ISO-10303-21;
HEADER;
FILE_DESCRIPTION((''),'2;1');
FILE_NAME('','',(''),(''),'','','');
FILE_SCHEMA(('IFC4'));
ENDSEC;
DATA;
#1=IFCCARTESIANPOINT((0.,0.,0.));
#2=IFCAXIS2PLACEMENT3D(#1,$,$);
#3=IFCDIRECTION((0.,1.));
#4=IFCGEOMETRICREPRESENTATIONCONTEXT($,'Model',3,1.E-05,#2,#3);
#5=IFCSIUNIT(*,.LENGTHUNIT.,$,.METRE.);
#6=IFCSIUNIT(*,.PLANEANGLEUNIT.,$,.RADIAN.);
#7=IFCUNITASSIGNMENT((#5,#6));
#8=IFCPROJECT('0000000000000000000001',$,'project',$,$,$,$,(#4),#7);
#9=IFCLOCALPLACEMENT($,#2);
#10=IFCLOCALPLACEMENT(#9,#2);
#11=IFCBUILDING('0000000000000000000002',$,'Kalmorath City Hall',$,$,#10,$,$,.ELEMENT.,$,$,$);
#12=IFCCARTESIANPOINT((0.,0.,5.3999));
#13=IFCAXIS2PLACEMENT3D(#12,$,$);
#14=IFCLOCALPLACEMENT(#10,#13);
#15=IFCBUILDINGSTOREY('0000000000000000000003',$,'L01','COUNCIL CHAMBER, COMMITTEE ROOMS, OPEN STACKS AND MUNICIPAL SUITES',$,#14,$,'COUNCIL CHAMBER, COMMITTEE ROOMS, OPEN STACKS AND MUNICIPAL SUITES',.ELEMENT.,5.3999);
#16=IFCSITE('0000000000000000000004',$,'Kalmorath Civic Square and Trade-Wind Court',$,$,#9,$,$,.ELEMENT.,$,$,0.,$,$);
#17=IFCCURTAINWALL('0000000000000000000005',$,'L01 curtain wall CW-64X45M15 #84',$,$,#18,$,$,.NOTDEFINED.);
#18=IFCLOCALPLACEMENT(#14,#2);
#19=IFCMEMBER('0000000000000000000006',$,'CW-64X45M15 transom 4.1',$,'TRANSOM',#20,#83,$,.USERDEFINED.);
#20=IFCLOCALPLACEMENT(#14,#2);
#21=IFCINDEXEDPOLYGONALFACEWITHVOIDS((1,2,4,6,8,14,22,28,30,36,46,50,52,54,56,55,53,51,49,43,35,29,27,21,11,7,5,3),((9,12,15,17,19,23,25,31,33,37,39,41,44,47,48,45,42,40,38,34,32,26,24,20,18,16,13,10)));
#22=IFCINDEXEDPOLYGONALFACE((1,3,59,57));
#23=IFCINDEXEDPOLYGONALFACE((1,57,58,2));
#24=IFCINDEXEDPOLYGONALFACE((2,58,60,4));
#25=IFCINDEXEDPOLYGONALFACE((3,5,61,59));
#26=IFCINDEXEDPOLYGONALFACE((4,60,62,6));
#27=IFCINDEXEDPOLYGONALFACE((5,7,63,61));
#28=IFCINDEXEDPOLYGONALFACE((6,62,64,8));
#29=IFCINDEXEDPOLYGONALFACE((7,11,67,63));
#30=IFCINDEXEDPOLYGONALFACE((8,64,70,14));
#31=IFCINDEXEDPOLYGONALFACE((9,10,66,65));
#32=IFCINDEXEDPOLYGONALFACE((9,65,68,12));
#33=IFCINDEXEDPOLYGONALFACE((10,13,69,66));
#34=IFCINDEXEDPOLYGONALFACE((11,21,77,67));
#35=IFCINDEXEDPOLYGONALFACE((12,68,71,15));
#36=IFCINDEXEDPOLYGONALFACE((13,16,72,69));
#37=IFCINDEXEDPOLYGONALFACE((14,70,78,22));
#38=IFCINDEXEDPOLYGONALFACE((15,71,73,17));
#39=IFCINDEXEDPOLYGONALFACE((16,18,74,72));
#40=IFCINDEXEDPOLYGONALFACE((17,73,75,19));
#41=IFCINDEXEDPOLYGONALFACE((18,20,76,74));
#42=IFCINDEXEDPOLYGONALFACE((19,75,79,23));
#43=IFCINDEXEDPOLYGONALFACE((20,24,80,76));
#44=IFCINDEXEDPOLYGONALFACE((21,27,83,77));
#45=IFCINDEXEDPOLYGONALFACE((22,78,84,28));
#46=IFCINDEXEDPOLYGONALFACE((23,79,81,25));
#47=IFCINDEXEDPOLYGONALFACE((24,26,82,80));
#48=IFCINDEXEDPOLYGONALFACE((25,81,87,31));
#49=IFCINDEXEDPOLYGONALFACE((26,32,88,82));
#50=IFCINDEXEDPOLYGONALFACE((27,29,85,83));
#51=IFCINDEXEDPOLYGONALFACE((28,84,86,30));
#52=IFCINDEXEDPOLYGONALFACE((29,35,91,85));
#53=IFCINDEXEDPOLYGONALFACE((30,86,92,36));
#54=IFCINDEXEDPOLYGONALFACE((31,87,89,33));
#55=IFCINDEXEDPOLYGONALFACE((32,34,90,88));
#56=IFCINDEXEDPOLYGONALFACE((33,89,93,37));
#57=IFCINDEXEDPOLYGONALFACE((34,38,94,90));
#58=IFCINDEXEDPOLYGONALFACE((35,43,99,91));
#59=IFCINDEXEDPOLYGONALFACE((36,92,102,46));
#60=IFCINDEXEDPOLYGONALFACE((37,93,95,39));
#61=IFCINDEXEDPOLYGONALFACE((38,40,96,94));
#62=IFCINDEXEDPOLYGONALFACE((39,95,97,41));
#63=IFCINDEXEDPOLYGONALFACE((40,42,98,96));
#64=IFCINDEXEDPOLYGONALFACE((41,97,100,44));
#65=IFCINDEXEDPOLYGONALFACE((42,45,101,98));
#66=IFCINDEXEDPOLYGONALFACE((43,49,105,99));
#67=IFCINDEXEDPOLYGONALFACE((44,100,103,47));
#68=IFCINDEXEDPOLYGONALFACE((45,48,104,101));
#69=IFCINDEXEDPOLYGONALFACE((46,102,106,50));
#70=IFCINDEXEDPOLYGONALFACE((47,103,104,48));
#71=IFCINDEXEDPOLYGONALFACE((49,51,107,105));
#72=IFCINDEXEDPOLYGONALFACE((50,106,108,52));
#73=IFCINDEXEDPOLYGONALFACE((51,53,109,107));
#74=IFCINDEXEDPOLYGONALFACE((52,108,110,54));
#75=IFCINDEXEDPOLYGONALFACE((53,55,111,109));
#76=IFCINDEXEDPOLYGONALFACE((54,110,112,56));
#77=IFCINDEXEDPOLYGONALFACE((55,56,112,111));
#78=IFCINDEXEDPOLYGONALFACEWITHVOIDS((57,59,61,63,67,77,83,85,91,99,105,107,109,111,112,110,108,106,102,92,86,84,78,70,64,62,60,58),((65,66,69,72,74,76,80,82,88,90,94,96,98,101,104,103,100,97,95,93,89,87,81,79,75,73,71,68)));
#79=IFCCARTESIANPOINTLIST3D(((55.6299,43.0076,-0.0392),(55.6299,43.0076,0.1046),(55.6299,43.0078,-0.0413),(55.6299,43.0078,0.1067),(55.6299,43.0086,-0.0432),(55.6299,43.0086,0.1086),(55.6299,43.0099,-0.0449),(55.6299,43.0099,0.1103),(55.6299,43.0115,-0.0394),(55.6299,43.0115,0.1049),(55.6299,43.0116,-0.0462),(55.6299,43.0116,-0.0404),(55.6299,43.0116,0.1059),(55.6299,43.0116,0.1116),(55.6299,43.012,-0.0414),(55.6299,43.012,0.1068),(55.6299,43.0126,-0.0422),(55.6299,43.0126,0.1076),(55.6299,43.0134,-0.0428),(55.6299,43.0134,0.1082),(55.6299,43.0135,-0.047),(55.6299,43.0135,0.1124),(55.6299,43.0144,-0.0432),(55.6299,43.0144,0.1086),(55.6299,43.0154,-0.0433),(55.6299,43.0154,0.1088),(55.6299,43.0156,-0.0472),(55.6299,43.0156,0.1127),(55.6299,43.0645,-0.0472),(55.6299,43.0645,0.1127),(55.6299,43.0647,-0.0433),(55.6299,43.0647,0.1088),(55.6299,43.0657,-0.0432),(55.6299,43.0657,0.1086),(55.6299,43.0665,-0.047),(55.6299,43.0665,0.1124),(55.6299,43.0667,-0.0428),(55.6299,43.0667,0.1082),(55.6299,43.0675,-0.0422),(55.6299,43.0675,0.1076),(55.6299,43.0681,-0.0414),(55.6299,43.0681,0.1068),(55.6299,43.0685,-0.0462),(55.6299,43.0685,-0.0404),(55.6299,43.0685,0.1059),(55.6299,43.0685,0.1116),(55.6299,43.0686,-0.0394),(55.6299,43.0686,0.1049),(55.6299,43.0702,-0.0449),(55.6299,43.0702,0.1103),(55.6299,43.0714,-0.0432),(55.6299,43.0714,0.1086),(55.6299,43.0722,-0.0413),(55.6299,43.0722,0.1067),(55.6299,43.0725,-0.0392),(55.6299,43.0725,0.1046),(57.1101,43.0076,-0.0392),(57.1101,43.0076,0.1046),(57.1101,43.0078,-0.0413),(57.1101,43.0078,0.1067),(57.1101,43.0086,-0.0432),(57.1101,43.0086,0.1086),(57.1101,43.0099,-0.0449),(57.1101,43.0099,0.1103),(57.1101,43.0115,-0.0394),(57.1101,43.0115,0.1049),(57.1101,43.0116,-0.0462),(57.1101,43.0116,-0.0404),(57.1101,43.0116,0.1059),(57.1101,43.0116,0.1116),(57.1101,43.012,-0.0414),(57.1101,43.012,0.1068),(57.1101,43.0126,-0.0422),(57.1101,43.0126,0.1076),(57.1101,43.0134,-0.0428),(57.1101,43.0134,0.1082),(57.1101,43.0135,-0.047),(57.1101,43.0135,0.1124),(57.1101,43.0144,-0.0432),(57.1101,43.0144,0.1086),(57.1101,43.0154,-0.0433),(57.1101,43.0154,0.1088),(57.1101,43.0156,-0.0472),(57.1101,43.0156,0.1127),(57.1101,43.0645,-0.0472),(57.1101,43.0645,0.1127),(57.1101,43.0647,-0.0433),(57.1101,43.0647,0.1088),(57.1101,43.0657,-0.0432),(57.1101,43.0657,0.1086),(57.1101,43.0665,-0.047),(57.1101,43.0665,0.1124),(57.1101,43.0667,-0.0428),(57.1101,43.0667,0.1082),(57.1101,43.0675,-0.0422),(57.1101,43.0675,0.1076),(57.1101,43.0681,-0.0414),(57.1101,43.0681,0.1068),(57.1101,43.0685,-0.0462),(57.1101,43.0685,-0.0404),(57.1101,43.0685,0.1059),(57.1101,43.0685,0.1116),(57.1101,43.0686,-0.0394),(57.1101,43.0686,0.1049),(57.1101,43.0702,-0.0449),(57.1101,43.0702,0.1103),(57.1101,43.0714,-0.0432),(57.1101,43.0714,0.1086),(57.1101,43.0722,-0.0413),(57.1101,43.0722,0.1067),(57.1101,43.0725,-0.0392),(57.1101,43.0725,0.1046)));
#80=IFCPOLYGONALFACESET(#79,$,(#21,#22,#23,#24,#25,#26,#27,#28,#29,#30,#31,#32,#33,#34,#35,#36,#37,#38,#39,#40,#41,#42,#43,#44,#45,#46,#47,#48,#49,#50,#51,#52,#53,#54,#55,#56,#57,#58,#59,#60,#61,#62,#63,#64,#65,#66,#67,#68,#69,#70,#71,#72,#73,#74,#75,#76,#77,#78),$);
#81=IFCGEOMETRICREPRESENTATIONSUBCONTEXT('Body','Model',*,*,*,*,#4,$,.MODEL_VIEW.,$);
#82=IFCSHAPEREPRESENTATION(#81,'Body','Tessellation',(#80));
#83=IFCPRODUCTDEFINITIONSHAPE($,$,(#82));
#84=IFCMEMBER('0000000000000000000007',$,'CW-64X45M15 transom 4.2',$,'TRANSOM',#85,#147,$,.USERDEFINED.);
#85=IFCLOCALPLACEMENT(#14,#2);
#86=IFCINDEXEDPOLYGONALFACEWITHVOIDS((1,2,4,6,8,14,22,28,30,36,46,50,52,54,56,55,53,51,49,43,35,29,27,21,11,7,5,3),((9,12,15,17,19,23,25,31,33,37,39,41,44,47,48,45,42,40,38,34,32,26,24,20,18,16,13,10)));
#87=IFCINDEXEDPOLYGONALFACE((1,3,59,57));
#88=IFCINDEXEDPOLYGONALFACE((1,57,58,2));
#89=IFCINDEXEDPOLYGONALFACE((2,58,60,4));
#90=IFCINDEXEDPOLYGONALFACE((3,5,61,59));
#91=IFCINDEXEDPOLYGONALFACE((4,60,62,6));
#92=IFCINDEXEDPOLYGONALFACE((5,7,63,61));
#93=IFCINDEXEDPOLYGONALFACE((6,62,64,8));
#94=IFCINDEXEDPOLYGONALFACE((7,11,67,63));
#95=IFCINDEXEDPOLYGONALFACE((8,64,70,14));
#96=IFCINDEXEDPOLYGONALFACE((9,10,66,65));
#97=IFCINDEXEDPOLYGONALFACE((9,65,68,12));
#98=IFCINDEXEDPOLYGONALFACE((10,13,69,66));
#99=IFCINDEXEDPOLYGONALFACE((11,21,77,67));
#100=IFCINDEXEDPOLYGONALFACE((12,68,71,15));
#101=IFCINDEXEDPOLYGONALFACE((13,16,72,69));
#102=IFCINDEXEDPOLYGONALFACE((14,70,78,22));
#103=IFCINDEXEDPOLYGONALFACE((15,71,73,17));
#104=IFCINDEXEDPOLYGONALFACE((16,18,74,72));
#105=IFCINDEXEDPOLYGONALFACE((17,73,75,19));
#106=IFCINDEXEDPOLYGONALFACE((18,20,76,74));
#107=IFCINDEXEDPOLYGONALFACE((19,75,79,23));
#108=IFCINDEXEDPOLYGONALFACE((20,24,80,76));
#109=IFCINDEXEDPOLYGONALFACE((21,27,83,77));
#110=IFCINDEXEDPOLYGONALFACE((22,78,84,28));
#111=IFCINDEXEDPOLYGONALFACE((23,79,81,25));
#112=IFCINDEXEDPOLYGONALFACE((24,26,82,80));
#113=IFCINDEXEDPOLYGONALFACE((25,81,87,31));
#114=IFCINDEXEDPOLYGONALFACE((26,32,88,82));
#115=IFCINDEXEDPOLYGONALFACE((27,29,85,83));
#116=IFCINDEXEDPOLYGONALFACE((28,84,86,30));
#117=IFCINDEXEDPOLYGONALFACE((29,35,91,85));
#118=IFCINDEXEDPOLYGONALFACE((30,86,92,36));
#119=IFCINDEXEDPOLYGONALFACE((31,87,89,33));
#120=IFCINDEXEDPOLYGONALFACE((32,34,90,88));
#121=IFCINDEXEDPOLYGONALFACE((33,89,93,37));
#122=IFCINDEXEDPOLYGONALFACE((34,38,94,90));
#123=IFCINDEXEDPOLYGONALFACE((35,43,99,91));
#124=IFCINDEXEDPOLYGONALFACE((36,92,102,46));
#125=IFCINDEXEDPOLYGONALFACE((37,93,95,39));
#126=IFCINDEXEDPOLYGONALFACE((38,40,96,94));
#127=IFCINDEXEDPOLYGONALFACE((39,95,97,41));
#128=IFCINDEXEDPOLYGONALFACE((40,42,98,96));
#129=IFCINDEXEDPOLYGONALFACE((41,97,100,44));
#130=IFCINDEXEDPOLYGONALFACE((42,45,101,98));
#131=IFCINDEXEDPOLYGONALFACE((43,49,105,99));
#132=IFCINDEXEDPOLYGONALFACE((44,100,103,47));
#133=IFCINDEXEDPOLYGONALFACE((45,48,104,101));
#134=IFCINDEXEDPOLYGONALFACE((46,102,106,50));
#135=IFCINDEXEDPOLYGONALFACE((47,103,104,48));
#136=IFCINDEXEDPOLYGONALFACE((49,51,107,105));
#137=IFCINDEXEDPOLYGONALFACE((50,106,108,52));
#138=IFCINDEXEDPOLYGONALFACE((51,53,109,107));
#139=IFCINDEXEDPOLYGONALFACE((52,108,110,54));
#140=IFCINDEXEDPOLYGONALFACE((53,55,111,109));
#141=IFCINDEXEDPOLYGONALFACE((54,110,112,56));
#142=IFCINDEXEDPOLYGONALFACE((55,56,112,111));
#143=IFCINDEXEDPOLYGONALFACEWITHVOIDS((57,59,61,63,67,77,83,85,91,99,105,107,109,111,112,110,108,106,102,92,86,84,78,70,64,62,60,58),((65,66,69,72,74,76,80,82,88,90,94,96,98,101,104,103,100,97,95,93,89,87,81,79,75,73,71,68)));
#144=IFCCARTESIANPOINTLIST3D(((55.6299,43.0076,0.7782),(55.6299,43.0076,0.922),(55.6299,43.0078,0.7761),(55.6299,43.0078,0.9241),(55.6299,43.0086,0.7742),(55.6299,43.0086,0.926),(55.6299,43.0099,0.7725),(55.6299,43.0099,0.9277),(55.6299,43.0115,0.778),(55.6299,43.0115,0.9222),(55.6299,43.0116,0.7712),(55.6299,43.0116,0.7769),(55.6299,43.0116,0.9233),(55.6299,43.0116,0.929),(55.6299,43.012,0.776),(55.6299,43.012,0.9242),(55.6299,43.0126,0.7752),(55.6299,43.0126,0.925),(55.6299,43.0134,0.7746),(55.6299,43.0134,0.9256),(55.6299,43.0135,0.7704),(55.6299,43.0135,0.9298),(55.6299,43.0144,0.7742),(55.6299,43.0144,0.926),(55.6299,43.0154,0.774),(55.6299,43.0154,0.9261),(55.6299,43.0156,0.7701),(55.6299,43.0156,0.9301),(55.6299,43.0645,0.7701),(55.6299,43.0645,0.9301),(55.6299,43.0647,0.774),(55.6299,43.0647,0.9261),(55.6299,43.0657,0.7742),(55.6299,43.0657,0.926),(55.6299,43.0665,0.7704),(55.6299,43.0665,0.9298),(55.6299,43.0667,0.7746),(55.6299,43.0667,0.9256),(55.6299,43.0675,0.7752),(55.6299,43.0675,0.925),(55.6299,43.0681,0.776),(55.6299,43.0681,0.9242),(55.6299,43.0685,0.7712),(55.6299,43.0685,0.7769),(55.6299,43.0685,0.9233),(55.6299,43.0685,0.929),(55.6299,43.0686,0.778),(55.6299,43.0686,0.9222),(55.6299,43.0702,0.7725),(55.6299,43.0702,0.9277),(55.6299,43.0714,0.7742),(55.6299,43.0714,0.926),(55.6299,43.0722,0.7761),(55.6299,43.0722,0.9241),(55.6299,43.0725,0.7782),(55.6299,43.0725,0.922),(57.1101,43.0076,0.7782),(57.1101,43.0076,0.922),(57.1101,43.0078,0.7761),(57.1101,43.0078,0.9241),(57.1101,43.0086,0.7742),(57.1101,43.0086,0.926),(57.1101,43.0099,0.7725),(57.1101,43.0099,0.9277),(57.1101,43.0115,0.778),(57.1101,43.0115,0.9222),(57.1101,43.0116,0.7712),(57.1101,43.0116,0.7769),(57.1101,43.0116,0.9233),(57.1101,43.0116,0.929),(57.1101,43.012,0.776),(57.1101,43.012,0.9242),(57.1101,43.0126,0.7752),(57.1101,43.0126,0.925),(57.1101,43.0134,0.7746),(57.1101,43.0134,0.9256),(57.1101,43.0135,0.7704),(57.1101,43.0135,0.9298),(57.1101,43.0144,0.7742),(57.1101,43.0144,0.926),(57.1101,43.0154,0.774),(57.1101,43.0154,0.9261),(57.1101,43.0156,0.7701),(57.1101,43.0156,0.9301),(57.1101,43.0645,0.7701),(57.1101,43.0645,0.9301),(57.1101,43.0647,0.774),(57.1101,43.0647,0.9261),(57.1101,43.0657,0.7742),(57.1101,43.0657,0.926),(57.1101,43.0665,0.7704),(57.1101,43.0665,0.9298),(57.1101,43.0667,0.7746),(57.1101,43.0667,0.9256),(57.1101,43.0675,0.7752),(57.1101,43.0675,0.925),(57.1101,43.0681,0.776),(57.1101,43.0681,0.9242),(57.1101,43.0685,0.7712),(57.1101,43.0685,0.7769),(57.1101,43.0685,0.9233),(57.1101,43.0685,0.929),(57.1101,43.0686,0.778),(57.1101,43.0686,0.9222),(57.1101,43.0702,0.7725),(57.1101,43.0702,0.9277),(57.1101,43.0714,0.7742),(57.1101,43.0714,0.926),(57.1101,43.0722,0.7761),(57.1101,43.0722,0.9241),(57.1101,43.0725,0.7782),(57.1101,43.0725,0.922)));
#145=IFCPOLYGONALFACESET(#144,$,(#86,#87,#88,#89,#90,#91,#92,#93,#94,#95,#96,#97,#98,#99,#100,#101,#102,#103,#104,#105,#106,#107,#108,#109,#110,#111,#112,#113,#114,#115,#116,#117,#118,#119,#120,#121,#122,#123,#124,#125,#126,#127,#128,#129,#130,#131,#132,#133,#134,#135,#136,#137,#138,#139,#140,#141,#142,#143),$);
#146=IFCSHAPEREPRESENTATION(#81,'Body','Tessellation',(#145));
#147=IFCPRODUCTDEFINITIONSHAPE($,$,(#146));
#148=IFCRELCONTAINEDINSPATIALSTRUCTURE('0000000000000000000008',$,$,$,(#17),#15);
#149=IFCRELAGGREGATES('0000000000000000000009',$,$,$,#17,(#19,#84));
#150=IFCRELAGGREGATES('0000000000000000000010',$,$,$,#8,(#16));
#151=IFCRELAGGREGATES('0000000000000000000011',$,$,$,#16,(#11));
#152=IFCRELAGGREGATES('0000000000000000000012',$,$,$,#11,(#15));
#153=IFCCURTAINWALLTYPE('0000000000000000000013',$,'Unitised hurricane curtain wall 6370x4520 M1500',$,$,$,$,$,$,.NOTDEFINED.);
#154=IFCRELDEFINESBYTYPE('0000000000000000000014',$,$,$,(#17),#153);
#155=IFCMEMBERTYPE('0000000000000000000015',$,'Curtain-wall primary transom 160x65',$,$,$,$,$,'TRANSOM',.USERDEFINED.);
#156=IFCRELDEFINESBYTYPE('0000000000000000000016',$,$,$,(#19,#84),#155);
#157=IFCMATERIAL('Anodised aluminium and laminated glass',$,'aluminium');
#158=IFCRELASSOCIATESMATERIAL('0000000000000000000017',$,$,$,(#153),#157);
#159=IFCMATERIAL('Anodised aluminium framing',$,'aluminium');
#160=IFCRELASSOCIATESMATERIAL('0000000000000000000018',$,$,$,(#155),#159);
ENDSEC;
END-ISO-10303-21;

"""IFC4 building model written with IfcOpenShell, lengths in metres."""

from ifc_helpers import new_model, si_unit, direction, frame, origin, origin_2d, place, context, subcontext, project, spatial, hollow_rectangle, extrude, material, material_profile, profile_set, type_object, element, aggregate, save


model = new_model("IFC4")

# Units and contexts
model_context = context("Model", 3, precision=1e-05, world=origin(), true_north=direction((0.0, 1.0)))
body_context = subcontext(model_context, "Body", "Model", "MODEL_VIEW")
ifc_project = project(units=[si_unit("LENGTHUNIT", "METRE"), si_unit("PLANEANGLEUNIT", "RADIAN")], contexts=[model_context])

# Site, building, storey
site_placement = place(None, origin())
site = spatial("IfcSite", under=ifc_project, at=site_placement, Name="Kalmorath Civic Square and Trade-Wind Court", CompositionType="ELEMENT", RefElevation=0.0)
building_placement = place(site_placement, origin())
building = spatial("IfcBuilding", under=site, at=building_placement, Name="Kalmorath City Hall", CompositionType="ELEMENT")
storey_placement = place(building_placement, frame((0.0, 0.0, 5.3999)))
storey = spatial("IfcBuildingStorey", under=building, at=storey_placement, Name="L01", Description="COUNCIL CHAMBER, COMMITTEE ROOMS, OPEN STACKS AND MUNICIPAL SUITES", LongName="COUNCIL CHAMBER, COMMITTEE ROOMS, OPEN STACKS AND MUNICIPAL SUITES", CompositionType="ELEMENT", Elevation=5.3999)

# Curtain wall
ifc_material_1 = material(Name="Anodised aluminium and laminated glass", Category="aluminium")
curtain_wall_type_1 = type_object("IfcCurtainWallType", Name="Unitised hurricane curtain wall 6370x4520 M1500", PredefinedType="NOTDEFINED", material=ifc_material_1)
curtain_wall_1_placement = place(storey_placement, origin())
curtain_wall_1 = element("IfcCurtainWall", 1, at=curtain_wall_1_placement, inside=storey, type_object=curtain_wall_type_1, Name="L01 curtain wall CW-64X45M15 #84", PredefinedType="NOTDEFINED")

# Members
ifc_material_2 = material(Name="Anodised aluminium framing", Category="aluminium")
ifc_material_profile_1 = material_profile(ifc_material_2, hollow_rectangle(XDim=0.0649, YDim=0.1599, WallThickness=0.0039, InnerFilletRadius=0.0039, OuterFilletRadius=0.0081, at=origin_2d()), Name="ALU-TRN-160X65X4")
ifc_profile_set_1 = profile_set([ifc_material_profile_1], Name="Anodised aluminium framing")
member_type_1 = type_object("IfcMemberType", Name="Curtain-wall primary transom 160x65", ElementType="TRANSOM", PredefinedType="USERDEFINED", material=ifc_profile_set_1)
member_1_placement = place(storey_placement, frame((55.6299, 43.04, 0.0327), z_axis=(1.0, 0.0, 0.0), x_axis=(0.0, 1.0, 0.0)))
member_1 = element("IfcMember", 2, at=member_1_placement, type_object=member_type_1, Name="CW-64X45M15 transom 4.1", ObjectType="TRANSOM", PredefinedType="USERDEFINED", context=body_context, shape_type="SweptSolid", body=[
    extrude(hollow_rectangle(XDim=0.0649, YDim=0.1599, WallThickness=0.0039, InnerFilletRadius=0.0039, OuterFilletRadius=0.0081, at=origin_2d()), origin(), (0.0, 0.0, 1.0), 1.4802),
])
member_2_placement = place(storey_placement, frame((55.6299, 43.04, 0.8501), z_axis=(1.0, 0.0, 0.0), x_axis=(0.0, 1.0, 0.0)))
member_2 = element("IfcMember", 3, at=member_2_placement, type_object=member_type_1, Name="CW-64X45M15 transom 4.2", ObjectType="TRANSOM", PredefinedType="USERDEFINED", context=body_context, shape_type="SweptSolid", body=[
    extrude(hollow_rectangle(XDim=0.0649, YDim=0.1599, WallThickness=0.0039, InnerFilletRadius=0.0039, OuterFilletRadius=0.0081, at=origin_2d()), origin(), (0.0, 0.0, 1.0), 1.4802),
])

aggregate(curtain_wall_1, [member_1, member_2])

save(model, "model.ifc")
